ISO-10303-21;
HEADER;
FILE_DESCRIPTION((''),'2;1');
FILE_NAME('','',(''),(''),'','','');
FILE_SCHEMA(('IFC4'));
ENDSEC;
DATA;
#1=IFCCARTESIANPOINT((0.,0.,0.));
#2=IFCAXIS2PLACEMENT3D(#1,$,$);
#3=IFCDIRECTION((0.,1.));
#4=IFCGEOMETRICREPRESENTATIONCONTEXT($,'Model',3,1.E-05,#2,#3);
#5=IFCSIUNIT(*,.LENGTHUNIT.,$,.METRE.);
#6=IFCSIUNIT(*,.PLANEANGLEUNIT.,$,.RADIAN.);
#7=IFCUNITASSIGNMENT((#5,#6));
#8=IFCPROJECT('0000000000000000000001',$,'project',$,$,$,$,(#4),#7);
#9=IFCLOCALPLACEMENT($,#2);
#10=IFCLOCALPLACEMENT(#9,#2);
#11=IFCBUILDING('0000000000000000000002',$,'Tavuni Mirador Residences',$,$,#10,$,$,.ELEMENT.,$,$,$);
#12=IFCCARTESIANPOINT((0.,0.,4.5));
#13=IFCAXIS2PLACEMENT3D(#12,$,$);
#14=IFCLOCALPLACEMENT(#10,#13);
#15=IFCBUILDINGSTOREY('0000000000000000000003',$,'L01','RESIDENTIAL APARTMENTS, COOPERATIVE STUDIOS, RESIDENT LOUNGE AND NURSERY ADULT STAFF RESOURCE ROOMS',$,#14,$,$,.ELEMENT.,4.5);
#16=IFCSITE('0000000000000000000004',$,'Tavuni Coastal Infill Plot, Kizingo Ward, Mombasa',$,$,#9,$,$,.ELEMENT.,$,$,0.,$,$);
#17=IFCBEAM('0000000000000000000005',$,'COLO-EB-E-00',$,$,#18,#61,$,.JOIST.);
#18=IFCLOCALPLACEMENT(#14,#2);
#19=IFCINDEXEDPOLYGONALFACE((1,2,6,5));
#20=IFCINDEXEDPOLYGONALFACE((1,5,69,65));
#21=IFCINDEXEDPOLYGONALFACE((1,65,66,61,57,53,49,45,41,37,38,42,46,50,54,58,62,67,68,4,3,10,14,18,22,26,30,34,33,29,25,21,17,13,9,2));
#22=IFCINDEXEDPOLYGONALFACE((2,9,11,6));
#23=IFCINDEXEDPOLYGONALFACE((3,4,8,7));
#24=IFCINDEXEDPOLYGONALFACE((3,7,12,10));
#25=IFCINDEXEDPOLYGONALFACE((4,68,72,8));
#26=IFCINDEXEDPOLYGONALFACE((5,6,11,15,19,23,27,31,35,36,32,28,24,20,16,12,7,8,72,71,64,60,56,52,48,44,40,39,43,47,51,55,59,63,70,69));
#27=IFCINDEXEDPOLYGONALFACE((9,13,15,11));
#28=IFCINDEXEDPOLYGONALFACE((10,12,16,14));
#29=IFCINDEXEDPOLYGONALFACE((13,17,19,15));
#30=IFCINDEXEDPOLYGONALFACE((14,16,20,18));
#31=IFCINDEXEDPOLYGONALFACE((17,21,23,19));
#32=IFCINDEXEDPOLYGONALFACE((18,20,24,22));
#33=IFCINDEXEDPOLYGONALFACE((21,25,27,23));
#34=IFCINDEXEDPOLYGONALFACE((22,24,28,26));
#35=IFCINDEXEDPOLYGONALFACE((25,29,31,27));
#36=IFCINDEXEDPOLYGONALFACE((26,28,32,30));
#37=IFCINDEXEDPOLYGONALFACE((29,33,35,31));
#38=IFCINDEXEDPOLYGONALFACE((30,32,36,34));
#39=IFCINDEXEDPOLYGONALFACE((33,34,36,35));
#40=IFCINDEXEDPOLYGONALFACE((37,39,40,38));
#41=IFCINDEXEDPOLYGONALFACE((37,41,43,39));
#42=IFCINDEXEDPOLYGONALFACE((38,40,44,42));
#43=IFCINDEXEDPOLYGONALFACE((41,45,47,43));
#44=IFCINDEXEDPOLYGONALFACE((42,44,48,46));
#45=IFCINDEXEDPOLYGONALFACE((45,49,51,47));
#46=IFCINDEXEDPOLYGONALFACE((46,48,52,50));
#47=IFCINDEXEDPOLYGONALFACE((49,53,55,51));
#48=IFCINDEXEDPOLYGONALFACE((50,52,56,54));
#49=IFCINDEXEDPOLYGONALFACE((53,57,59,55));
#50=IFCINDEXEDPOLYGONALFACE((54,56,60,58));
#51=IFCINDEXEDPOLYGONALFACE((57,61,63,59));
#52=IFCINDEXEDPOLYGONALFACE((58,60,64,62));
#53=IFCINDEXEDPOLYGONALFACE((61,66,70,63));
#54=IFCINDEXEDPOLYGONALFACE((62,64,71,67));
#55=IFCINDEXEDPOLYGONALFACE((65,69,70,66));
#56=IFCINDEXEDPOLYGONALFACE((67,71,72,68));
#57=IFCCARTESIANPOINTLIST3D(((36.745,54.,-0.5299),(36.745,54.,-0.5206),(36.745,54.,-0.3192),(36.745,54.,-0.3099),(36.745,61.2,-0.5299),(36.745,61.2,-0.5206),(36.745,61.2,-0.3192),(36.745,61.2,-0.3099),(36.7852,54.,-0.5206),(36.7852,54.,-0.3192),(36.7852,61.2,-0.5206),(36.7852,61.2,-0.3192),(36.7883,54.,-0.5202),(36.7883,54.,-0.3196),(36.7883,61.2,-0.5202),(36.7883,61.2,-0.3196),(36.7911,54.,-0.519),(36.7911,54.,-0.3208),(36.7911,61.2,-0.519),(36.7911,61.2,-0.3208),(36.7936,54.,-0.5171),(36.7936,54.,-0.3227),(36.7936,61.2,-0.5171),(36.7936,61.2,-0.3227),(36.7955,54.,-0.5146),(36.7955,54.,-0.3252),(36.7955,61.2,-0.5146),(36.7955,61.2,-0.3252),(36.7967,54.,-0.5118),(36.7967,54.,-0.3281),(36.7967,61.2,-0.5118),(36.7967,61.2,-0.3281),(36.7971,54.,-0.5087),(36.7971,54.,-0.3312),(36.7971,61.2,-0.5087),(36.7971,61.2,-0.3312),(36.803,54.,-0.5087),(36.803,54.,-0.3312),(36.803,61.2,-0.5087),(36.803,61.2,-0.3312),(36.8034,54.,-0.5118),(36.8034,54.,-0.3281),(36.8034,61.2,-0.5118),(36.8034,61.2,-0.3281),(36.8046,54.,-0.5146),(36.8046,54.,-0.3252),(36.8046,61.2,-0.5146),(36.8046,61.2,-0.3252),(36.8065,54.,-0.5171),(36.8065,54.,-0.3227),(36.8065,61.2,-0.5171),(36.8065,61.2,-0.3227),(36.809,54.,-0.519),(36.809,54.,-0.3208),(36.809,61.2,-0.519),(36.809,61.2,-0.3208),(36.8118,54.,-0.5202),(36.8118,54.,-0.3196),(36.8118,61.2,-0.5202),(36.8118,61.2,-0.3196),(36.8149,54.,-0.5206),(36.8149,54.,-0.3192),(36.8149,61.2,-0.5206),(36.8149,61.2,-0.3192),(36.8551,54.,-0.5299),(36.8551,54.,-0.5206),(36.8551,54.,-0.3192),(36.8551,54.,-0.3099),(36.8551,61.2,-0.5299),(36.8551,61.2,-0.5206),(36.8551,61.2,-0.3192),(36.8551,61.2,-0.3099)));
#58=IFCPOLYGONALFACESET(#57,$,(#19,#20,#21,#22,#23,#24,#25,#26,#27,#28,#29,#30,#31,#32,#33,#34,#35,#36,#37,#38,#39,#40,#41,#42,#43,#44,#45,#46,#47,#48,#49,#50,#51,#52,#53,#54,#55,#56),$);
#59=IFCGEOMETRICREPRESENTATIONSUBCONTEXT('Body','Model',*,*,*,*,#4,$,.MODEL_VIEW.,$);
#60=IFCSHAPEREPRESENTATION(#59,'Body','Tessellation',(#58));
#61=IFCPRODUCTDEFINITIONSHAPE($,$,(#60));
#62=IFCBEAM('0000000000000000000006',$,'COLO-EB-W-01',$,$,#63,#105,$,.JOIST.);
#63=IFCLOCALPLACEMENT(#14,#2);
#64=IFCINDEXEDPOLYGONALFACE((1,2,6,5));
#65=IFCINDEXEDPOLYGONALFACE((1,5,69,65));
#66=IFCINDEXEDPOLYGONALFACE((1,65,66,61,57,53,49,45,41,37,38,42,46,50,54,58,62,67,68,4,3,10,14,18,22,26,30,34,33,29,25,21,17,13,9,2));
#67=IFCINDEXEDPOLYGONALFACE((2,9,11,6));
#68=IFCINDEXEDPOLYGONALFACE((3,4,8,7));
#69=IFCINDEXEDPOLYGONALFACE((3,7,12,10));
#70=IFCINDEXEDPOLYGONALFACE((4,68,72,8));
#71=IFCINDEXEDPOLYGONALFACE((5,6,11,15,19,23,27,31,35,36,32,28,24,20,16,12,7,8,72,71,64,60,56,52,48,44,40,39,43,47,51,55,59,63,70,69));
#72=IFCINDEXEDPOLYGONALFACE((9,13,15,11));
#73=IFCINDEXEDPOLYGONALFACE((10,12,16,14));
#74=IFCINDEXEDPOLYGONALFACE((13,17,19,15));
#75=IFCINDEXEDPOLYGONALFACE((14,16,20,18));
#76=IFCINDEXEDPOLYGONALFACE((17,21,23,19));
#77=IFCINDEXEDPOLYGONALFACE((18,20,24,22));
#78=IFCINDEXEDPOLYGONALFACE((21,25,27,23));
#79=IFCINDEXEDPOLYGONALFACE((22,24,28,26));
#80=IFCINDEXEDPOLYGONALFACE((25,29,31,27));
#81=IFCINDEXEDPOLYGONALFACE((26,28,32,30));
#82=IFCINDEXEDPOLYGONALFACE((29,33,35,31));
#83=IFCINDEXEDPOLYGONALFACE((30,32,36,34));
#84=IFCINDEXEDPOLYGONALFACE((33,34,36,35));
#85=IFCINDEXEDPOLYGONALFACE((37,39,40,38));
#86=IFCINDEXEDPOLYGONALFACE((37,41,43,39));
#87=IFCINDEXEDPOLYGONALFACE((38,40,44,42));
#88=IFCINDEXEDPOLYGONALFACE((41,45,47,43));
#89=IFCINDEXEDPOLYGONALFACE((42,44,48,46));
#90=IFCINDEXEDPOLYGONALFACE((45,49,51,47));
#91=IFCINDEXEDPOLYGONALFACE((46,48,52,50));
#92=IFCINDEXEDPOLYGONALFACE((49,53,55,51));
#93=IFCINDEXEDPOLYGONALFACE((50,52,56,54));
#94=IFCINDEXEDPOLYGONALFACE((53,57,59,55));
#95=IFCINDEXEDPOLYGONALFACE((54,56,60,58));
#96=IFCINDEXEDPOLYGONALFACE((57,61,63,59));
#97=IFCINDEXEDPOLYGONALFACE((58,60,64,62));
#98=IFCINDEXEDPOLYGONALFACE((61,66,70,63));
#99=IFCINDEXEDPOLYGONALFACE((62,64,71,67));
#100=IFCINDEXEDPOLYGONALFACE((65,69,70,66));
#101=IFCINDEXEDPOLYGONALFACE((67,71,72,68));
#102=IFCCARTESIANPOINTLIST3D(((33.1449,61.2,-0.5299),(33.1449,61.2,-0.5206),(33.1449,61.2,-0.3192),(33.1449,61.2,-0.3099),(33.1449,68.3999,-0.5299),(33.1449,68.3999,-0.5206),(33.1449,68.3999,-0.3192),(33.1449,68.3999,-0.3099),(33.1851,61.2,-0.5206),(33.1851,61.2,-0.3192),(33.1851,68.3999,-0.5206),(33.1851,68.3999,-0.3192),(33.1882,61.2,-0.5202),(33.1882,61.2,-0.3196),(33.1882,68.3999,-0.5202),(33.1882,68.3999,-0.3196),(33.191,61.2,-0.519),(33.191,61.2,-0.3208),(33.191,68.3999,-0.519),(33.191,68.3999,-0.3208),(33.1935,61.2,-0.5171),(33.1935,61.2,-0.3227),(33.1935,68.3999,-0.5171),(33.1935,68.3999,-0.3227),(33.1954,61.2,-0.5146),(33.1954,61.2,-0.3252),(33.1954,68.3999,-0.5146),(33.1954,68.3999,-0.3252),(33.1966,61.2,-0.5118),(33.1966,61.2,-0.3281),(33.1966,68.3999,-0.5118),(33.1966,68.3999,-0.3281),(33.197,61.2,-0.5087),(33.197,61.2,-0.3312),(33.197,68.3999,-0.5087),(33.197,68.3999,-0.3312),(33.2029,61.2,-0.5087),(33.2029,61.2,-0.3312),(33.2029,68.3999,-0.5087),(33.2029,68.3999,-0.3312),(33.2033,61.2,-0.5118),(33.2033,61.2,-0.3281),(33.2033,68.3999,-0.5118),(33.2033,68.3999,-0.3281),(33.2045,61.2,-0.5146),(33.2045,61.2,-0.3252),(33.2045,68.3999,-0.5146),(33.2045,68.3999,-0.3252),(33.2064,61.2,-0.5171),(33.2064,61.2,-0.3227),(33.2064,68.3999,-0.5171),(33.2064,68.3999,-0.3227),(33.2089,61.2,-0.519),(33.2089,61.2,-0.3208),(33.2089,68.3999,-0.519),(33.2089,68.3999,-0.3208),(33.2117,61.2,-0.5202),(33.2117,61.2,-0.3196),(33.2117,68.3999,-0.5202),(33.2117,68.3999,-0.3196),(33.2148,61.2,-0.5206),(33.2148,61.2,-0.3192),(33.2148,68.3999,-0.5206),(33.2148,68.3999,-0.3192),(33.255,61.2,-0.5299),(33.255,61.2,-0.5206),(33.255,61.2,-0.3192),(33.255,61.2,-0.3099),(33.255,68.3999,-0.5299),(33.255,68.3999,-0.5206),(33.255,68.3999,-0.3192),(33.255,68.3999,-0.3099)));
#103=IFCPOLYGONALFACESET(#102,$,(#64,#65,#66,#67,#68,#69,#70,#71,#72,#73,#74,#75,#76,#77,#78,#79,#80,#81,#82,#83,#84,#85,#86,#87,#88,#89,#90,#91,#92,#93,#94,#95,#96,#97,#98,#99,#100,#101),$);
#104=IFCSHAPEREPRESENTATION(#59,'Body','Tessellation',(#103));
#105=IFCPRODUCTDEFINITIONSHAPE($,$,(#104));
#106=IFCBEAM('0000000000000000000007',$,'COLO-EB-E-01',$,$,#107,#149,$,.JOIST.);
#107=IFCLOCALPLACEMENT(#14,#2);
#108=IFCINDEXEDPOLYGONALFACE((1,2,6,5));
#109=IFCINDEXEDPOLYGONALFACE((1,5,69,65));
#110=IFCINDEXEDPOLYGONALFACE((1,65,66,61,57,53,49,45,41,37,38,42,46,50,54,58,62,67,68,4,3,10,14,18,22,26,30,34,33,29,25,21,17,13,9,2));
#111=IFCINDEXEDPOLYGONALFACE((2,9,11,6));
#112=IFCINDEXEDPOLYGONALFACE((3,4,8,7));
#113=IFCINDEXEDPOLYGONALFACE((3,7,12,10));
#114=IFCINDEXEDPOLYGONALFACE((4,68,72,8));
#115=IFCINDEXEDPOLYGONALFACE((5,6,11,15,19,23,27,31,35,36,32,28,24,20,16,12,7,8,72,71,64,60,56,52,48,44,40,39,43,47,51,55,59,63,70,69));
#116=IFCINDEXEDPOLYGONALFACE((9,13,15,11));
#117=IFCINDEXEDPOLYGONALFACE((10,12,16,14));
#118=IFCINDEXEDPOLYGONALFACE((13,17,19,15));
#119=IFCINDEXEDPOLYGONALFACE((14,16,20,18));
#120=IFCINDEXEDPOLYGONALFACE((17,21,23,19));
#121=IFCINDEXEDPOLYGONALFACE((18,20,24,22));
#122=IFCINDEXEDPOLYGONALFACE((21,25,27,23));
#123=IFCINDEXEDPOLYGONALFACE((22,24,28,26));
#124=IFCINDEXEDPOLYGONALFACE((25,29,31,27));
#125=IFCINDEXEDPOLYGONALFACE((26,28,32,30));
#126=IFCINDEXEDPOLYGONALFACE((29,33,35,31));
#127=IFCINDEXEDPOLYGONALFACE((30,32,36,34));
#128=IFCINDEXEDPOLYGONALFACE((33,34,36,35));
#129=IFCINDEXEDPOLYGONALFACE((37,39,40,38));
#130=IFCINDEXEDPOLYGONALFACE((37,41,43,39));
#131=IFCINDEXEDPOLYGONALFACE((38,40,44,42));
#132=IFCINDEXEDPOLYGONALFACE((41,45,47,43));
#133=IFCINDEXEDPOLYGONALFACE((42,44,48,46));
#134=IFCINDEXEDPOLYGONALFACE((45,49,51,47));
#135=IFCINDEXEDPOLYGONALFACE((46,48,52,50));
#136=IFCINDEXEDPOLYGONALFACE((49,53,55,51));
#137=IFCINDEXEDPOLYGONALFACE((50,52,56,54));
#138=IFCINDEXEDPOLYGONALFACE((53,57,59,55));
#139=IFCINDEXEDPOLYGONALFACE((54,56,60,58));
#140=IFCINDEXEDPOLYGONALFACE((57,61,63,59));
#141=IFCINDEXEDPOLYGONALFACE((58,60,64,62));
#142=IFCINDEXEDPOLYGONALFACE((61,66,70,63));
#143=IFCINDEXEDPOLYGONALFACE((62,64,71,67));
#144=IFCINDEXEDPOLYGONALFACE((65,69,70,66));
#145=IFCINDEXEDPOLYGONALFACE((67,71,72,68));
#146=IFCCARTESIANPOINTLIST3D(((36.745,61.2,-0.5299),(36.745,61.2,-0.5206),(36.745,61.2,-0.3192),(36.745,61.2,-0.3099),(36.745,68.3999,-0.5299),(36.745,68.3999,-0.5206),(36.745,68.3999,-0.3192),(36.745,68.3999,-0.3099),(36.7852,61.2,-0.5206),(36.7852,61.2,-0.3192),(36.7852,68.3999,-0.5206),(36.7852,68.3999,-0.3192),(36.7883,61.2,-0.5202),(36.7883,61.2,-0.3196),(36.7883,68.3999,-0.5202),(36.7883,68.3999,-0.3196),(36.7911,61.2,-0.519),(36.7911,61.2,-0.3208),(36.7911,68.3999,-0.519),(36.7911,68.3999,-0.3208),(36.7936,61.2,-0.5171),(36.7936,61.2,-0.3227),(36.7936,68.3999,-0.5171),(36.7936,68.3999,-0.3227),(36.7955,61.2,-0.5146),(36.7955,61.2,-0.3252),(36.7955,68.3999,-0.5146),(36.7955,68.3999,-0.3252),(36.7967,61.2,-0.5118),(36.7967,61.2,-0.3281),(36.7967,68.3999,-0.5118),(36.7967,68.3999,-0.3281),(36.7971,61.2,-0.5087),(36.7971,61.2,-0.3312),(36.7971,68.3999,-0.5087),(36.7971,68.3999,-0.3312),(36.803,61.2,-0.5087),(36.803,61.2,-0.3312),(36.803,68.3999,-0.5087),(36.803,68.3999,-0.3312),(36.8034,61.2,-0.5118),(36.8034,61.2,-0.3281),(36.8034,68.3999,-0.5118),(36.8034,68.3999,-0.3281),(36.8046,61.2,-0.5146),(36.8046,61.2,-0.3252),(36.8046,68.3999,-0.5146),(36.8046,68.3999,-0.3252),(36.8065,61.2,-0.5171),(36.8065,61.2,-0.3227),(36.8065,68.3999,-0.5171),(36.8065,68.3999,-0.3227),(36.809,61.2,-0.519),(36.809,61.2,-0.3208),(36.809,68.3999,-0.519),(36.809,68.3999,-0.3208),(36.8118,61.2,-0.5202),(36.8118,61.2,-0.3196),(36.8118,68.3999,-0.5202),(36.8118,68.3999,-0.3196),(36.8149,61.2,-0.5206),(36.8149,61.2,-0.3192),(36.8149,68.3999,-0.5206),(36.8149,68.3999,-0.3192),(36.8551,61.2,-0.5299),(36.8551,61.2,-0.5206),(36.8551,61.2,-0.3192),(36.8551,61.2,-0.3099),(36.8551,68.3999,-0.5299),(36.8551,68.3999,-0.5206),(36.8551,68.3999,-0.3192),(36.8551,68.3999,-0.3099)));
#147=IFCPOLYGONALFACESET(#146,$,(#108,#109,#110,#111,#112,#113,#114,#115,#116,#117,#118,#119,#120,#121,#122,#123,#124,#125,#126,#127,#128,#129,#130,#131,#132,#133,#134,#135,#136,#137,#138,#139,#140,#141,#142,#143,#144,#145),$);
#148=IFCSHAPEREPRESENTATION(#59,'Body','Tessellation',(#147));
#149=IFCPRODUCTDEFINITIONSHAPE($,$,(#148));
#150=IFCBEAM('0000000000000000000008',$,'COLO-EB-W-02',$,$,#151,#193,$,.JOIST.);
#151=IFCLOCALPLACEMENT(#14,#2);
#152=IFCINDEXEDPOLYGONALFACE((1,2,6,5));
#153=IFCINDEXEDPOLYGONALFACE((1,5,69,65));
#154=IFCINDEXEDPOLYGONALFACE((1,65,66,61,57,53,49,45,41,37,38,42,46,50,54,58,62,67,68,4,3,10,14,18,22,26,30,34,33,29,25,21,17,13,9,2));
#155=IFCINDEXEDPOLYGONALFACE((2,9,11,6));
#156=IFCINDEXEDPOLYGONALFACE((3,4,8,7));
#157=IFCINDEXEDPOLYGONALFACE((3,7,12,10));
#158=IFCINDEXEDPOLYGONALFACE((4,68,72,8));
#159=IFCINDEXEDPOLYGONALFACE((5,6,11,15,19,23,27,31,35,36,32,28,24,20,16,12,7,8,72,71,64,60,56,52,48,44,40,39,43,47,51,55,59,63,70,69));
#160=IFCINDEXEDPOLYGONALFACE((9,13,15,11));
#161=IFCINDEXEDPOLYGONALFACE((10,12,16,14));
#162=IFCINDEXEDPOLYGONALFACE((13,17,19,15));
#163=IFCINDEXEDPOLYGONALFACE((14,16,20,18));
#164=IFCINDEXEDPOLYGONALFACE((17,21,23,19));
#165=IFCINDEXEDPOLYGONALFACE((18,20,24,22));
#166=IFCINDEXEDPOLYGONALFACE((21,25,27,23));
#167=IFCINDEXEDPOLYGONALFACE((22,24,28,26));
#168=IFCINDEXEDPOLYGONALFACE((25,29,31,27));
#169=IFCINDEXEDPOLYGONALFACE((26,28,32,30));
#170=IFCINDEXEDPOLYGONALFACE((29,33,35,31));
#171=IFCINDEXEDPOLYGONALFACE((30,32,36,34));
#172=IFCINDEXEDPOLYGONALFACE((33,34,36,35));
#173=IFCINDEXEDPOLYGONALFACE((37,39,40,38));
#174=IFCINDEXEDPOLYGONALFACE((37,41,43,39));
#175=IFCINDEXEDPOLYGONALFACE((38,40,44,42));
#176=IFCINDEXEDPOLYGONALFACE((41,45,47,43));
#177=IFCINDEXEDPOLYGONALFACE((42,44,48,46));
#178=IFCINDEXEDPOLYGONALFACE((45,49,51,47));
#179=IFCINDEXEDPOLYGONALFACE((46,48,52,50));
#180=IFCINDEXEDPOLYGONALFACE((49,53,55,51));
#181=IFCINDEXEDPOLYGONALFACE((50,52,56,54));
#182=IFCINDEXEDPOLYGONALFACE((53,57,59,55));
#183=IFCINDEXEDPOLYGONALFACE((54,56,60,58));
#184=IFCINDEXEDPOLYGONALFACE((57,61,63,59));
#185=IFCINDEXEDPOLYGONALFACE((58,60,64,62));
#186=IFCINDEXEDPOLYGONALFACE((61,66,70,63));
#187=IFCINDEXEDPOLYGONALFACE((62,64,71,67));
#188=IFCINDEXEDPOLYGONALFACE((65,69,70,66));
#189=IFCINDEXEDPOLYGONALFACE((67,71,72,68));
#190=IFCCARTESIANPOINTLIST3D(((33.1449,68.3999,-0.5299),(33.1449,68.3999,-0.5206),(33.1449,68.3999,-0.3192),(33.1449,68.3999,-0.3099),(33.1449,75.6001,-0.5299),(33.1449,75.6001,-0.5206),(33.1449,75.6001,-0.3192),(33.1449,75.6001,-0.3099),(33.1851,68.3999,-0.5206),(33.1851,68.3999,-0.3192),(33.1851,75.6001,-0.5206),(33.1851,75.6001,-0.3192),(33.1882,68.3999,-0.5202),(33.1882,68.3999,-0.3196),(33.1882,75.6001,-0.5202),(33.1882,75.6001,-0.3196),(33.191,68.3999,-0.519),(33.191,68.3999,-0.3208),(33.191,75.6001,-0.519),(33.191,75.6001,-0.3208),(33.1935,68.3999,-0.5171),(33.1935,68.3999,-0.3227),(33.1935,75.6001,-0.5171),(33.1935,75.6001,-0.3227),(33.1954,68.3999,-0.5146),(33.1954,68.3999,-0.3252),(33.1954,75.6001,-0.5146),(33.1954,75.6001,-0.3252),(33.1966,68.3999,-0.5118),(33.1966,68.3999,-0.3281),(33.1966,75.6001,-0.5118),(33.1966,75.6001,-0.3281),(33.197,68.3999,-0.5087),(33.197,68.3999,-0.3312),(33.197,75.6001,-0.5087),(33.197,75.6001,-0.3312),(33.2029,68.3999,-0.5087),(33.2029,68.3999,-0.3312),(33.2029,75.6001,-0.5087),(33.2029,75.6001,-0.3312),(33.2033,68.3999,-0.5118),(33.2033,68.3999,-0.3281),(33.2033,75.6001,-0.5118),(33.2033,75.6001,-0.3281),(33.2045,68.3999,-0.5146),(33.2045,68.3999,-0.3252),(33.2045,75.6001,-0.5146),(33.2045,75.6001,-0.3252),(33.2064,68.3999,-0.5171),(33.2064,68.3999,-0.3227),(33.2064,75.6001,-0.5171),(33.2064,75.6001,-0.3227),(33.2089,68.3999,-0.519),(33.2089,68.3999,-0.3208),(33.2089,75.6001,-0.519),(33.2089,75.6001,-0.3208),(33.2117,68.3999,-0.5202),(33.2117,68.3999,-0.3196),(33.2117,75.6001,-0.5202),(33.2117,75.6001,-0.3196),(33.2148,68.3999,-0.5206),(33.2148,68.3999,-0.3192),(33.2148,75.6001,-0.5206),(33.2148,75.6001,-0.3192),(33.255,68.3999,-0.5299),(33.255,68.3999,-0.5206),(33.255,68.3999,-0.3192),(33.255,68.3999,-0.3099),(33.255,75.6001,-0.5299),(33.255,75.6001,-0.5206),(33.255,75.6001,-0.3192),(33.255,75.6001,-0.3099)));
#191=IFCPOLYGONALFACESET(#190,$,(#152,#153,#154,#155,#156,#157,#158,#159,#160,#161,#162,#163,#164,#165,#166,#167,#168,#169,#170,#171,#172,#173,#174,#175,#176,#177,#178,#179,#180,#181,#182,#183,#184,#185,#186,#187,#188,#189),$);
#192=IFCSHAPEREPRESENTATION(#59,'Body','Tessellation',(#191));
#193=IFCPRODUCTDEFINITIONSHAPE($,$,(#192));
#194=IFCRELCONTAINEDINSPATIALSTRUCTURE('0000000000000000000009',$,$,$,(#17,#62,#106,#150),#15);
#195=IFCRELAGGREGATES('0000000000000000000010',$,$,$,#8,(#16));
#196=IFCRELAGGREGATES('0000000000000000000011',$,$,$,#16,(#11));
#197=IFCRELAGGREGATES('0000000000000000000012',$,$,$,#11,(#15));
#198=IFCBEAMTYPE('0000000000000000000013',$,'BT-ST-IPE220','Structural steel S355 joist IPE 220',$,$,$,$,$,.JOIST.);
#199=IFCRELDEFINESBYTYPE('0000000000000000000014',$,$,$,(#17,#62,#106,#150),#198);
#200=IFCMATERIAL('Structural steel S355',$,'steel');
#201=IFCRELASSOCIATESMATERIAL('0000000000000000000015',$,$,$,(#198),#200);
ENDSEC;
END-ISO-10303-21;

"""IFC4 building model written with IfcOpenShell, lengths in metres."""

from ifc_helpers import new_model, si_unit, direction, frame, origin, origin_2d, place, context, subcontext, project, spatial, i_section, extrude, material, material_profile, profile_set, type_object, element, save


model = new_model("IFC4")

# Units and contexts
model_context = context("Model", 3, precision=1e-05, world=origin(), true_north=direction((0.0, 1.0)))
body_context = subcontext(model_context, "Body", "Model", "MODEL_VIEW")
ifc_project = project(units=[si_unit("LENGTHUNIT", "METRE"), si_unit("PLANEANGLEUNIT", "RADIAN")], contexts=[model_context])

# Site, building, storey
site_placement = place(None, origin())
site = spatial("IfcSite", under=ifc_project, at=site_placement, Name="Tavuni Coastal Infill Plot, Kizingo Ward, Mombasa", CompositionType="ELEMENT", RefElevation=0.0)
building_placement = place(site_placement, origin())
building = spatial("IfcBuilding", under=site, at=building_placement, Name="Tavuni Mirador Residences", CompositionType="ELEMENT")
storey_placement = place(building_placement, frame((0.0, 0.0, 4.5)))
storey = spatial("IfcBuildingStorey", under=building, at=storey_placement, Name="L01", Description="RESIDENTIAL APARTMENTS, COOPERATIVE STUDIOS, RESIDENT LOUNGE AND NURSERY ADULT STAFF RESOURCE ROOMS", CompositionType="ELEMENT", Elevation=4.5)

# Beams
ifc_material = material(Name="Structural steel S355", Category="steel")
ifc_material_profile_1 = material_profile(ifc_material, i_section(OverallWidth=0.1101, OverallDepth=0.22, WebThickness=0.0059, FlangeThickness=0.0093, FilletRadius=0.012, at=origin_2d()), Name="IPE 220", Category="steel")
ifc_profile_set_1 = profile_set([ifc_material_profile_1], Name="Structural steel S355")
beam_type_1 = type_object("IfcBeamType", Name="BT-ST-IPE220", Description="Structural steel S355 joist IPE 220", PredefinedType="JOIST", material=ifc_profile_set_1)
for number, where, z_axis, x_axis, name in (
    (1, (36.8, 54.0, -0.4199), (0.0, 1.0, 0.0), (-1.0, 0.0, 0.0), "COLO-EB-E-00"),
    (2, (33.2, 61.2, -0.4199), (0.0, 1.0, 0.0), (-1.0, 0.0, 0.0), "COLO-EB-W-01"),
    (3, (36.8, 61.2, -0.4199), (0.0, 1.0, 0.0), (-1.0, 0.0, 0.0), "COLO-EB-E-01"),
):
    element("IfcBeam", number, at=place(storey_placement, frame(where, z_axis=z_axis, x_axis=x_axis)), inside=storey, type_object=beam_type_1, Name=name, PredefinedType="JOIST", context=body_context, shape_type="SweptSolid", body=[
        extrude(i_section(OverallWidth=0.1101, OverallDepth=0.22, WebThickness=0.0059, FlangeThickness=0.0093, FilletRadius=0.012, at=origin_2d()), origin(), (0.0, 0.0, 1.0), 7.2),
    ])
for number, where, z_axis, x_axis, name in (
    (4, (33.2, 68.3999, -0.4199), (0.0, 1.0, 0.0), (-1.0, 0.0, 0.0), "COLO-EB-W-02"),
):
    element("IfcBeam", number, at=place(storey_placement, frame(where, z_axis=z_axis, x_axis=x_axis)), inside=storey, type_object=beam_type_1, Name=name, PredefinedType="JOIST", context=body_context, shape_type="SweptSolid", body=[
        extrude(i_section(OverallWidth=0.1101, OverallDepth=0.22, WebThickness=0.0059, FlangeThickness=0.0093, FilletRadius=0.012, at=origin_2d()), origin(), (0.0, 0.0, 1.0), 7.2002),
    ])

save(model, "model.ifc")
